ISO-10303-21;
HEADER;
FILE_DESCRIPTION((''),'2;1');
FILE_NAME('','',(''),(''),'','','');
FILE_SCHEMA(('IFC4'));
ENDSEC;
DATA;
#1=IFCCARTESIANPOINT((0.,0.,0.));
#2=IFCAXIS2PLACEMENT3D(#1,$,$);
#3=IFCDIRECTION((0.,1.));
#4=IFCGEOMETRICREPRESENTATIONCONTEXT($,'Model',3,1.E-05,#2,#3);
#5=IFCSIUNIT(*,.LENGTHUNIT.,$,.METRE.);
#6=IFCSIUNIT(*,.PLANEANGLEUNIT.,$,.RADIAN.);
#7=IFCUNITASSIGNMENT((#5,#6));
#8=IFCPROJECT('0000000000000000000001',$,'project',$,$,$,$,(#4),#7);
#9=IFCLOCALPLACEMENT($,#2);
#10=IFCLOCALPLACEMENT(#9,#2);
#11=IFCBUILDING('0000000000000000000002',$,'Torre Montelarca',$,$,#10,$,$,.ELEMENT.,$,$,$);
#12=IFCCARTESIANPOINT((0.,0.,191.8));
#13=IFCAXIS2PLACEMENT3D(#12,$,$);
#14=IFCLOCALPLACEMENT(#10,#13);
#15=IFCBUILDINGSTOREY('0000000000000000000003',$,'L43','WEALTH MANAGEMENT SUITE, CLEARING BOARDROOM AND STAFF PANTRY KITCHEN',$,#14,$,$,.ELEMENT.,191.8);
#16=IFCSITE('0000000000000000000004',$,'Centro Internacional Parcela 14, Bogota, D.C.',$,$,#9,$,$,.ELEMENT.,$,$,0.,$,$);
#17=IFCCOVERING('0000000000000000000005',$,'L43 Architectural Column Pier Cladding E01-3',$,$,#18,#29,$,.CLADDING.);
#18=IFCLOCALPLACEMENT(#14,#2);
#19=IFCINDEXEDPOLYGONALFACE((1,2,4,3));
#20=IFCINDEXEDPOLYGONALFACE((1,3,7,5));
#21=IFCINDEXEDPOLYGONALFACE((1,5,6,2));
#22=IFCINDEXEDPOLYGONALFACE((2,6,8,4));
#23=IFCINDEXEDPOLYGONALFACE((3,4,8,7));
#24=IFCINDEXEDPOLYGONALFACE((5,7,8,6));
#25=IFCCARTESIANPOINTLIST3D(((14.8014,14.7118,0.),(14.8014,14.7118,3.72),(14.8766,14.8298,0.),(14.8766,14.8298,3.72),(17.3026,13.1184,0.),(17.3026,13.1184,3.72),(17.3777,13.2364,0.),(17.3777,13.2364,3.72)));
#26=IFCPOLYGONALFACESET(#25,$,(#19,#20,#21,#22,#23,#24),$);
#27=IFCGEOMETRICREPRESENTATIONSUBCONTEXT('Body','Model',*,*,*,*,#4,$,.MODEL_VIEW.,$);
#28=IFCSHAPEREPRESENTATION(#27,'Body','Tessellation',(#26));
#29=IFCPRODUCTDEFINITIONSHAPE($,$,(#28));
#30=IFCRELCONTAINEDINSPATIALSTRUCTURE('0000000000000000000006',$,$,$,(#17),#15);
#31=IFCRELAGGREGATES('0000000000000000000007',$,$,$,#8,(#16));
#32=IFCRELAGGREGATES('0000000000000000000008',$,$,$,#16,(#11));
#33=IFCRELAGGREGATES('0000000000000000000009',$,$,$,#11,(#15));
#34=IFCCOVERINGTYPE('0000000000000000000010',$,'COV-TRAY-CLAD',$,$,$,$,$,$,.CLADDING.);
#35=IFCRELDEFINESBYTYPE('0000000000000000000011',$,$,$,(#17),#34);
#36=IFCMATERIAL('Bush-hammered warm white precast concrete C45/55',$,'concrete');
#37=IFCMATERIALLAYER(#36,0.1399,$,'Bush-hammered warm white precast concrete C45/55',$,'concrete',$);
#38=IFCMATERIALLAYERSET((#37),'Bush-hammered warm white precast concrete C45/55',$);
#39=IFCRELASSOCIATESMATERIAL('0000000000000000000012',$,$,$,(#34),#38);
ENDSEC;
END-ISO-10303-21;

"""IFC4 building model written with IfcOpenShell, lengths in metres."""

from ifc_helpers import new_model, si_unit, direction, frame, origin, origin_2d, place, context, subcontext, project, spatial, rectangle, extrude, source, transform, mapped, material, layer, layer_set, type_object, element, save


model = new_model("IFC4")

# Units and contexts
model_context = context("Model", 3, precision=1e-05, world=origin(), true_north=direction((0.0, 1.0)))
body_context = subcontext(model_context, "Body", "Model", "MODEL_VIEW")
ifc_project = project(units=[si_unit("LENGTHUNIT", "METRE"), si_unit("PLANEANGLEUNIT", "RADIAN")], contexts=[model_context])

# Site, building, storey
site_placement = place(None, origin())
site = spatial("IfcSite", under=ifc_project, at=site_placement, Name="Centro Internacional Parcela 14, Bogota, D.C.", CompositionType="ELEMENT", RefElevation=0.0)
building_placement = place(site_placement, origin())
building = spatial("IfcBuilding", under=site, at=building_placement, Name="Torre Montelarca", CompositionType="ELEMENT")
storey_placement = place(building_placement, frame((0.0, 0.0, 191.8)))
storey = spatial("IfcBuildingStorey", under=building, at=storey_placement, Name="L43", Description="WEALTH MANAGEMENT SUITE, CLEARING BOARDROOM AND STAFF PANTRY KITCHEN", CompositionType="ELEMENT", Elevation=191.8)

# Covering
ifc_material_1 = material(Name="Bush-hammered warm white precast concrete C45/55", Category="concrete")
ifc_layer_1 = layer(ifc_material_1, 0.1399, Name="Bush-hammered warm white precast concrete C45/55", Category="concrete")
ifc_layer_set_1 = layer_set([ifc_layer_1], Name="Bush-hammered warm white precast concrete C45/55")
covering_type_1 = type_object("IfcCoveringType", Name="COV-TRAY-CLAD", PredefinedType="CLADDING", material=ifc_layer_set_1)
shared_shape_1 = source(origin(), body_context, "Body", "SweptSolid", [
    extrude(rectangle(XDim=2.9656, YDim=0.1399, at=origin_2d()), origin(), (0.0, 0.0, 1.0), 3.72),
])
covering_1_placement = place(storey_placement, frame((16.0896, 13.9741, 0.0), z_axis=(0.0, 0.0, 1.0), x_axis=(0.84339, -0.537303, 0.0)))
element("IfcCovering", 1, at=covering_1_placement, inside=storey, type_object=covering_type_1, Name="L43 Architectural Column Pier Cladding E01-3", PredefinedType="CLADDING", context=body_context, shape_type="MappedRepresentation", body=[
    mapped(shared_shape_1, transform((0.0, 0.0, 0.0), scale=1.0)),
])

save(model, "model.ifc")
